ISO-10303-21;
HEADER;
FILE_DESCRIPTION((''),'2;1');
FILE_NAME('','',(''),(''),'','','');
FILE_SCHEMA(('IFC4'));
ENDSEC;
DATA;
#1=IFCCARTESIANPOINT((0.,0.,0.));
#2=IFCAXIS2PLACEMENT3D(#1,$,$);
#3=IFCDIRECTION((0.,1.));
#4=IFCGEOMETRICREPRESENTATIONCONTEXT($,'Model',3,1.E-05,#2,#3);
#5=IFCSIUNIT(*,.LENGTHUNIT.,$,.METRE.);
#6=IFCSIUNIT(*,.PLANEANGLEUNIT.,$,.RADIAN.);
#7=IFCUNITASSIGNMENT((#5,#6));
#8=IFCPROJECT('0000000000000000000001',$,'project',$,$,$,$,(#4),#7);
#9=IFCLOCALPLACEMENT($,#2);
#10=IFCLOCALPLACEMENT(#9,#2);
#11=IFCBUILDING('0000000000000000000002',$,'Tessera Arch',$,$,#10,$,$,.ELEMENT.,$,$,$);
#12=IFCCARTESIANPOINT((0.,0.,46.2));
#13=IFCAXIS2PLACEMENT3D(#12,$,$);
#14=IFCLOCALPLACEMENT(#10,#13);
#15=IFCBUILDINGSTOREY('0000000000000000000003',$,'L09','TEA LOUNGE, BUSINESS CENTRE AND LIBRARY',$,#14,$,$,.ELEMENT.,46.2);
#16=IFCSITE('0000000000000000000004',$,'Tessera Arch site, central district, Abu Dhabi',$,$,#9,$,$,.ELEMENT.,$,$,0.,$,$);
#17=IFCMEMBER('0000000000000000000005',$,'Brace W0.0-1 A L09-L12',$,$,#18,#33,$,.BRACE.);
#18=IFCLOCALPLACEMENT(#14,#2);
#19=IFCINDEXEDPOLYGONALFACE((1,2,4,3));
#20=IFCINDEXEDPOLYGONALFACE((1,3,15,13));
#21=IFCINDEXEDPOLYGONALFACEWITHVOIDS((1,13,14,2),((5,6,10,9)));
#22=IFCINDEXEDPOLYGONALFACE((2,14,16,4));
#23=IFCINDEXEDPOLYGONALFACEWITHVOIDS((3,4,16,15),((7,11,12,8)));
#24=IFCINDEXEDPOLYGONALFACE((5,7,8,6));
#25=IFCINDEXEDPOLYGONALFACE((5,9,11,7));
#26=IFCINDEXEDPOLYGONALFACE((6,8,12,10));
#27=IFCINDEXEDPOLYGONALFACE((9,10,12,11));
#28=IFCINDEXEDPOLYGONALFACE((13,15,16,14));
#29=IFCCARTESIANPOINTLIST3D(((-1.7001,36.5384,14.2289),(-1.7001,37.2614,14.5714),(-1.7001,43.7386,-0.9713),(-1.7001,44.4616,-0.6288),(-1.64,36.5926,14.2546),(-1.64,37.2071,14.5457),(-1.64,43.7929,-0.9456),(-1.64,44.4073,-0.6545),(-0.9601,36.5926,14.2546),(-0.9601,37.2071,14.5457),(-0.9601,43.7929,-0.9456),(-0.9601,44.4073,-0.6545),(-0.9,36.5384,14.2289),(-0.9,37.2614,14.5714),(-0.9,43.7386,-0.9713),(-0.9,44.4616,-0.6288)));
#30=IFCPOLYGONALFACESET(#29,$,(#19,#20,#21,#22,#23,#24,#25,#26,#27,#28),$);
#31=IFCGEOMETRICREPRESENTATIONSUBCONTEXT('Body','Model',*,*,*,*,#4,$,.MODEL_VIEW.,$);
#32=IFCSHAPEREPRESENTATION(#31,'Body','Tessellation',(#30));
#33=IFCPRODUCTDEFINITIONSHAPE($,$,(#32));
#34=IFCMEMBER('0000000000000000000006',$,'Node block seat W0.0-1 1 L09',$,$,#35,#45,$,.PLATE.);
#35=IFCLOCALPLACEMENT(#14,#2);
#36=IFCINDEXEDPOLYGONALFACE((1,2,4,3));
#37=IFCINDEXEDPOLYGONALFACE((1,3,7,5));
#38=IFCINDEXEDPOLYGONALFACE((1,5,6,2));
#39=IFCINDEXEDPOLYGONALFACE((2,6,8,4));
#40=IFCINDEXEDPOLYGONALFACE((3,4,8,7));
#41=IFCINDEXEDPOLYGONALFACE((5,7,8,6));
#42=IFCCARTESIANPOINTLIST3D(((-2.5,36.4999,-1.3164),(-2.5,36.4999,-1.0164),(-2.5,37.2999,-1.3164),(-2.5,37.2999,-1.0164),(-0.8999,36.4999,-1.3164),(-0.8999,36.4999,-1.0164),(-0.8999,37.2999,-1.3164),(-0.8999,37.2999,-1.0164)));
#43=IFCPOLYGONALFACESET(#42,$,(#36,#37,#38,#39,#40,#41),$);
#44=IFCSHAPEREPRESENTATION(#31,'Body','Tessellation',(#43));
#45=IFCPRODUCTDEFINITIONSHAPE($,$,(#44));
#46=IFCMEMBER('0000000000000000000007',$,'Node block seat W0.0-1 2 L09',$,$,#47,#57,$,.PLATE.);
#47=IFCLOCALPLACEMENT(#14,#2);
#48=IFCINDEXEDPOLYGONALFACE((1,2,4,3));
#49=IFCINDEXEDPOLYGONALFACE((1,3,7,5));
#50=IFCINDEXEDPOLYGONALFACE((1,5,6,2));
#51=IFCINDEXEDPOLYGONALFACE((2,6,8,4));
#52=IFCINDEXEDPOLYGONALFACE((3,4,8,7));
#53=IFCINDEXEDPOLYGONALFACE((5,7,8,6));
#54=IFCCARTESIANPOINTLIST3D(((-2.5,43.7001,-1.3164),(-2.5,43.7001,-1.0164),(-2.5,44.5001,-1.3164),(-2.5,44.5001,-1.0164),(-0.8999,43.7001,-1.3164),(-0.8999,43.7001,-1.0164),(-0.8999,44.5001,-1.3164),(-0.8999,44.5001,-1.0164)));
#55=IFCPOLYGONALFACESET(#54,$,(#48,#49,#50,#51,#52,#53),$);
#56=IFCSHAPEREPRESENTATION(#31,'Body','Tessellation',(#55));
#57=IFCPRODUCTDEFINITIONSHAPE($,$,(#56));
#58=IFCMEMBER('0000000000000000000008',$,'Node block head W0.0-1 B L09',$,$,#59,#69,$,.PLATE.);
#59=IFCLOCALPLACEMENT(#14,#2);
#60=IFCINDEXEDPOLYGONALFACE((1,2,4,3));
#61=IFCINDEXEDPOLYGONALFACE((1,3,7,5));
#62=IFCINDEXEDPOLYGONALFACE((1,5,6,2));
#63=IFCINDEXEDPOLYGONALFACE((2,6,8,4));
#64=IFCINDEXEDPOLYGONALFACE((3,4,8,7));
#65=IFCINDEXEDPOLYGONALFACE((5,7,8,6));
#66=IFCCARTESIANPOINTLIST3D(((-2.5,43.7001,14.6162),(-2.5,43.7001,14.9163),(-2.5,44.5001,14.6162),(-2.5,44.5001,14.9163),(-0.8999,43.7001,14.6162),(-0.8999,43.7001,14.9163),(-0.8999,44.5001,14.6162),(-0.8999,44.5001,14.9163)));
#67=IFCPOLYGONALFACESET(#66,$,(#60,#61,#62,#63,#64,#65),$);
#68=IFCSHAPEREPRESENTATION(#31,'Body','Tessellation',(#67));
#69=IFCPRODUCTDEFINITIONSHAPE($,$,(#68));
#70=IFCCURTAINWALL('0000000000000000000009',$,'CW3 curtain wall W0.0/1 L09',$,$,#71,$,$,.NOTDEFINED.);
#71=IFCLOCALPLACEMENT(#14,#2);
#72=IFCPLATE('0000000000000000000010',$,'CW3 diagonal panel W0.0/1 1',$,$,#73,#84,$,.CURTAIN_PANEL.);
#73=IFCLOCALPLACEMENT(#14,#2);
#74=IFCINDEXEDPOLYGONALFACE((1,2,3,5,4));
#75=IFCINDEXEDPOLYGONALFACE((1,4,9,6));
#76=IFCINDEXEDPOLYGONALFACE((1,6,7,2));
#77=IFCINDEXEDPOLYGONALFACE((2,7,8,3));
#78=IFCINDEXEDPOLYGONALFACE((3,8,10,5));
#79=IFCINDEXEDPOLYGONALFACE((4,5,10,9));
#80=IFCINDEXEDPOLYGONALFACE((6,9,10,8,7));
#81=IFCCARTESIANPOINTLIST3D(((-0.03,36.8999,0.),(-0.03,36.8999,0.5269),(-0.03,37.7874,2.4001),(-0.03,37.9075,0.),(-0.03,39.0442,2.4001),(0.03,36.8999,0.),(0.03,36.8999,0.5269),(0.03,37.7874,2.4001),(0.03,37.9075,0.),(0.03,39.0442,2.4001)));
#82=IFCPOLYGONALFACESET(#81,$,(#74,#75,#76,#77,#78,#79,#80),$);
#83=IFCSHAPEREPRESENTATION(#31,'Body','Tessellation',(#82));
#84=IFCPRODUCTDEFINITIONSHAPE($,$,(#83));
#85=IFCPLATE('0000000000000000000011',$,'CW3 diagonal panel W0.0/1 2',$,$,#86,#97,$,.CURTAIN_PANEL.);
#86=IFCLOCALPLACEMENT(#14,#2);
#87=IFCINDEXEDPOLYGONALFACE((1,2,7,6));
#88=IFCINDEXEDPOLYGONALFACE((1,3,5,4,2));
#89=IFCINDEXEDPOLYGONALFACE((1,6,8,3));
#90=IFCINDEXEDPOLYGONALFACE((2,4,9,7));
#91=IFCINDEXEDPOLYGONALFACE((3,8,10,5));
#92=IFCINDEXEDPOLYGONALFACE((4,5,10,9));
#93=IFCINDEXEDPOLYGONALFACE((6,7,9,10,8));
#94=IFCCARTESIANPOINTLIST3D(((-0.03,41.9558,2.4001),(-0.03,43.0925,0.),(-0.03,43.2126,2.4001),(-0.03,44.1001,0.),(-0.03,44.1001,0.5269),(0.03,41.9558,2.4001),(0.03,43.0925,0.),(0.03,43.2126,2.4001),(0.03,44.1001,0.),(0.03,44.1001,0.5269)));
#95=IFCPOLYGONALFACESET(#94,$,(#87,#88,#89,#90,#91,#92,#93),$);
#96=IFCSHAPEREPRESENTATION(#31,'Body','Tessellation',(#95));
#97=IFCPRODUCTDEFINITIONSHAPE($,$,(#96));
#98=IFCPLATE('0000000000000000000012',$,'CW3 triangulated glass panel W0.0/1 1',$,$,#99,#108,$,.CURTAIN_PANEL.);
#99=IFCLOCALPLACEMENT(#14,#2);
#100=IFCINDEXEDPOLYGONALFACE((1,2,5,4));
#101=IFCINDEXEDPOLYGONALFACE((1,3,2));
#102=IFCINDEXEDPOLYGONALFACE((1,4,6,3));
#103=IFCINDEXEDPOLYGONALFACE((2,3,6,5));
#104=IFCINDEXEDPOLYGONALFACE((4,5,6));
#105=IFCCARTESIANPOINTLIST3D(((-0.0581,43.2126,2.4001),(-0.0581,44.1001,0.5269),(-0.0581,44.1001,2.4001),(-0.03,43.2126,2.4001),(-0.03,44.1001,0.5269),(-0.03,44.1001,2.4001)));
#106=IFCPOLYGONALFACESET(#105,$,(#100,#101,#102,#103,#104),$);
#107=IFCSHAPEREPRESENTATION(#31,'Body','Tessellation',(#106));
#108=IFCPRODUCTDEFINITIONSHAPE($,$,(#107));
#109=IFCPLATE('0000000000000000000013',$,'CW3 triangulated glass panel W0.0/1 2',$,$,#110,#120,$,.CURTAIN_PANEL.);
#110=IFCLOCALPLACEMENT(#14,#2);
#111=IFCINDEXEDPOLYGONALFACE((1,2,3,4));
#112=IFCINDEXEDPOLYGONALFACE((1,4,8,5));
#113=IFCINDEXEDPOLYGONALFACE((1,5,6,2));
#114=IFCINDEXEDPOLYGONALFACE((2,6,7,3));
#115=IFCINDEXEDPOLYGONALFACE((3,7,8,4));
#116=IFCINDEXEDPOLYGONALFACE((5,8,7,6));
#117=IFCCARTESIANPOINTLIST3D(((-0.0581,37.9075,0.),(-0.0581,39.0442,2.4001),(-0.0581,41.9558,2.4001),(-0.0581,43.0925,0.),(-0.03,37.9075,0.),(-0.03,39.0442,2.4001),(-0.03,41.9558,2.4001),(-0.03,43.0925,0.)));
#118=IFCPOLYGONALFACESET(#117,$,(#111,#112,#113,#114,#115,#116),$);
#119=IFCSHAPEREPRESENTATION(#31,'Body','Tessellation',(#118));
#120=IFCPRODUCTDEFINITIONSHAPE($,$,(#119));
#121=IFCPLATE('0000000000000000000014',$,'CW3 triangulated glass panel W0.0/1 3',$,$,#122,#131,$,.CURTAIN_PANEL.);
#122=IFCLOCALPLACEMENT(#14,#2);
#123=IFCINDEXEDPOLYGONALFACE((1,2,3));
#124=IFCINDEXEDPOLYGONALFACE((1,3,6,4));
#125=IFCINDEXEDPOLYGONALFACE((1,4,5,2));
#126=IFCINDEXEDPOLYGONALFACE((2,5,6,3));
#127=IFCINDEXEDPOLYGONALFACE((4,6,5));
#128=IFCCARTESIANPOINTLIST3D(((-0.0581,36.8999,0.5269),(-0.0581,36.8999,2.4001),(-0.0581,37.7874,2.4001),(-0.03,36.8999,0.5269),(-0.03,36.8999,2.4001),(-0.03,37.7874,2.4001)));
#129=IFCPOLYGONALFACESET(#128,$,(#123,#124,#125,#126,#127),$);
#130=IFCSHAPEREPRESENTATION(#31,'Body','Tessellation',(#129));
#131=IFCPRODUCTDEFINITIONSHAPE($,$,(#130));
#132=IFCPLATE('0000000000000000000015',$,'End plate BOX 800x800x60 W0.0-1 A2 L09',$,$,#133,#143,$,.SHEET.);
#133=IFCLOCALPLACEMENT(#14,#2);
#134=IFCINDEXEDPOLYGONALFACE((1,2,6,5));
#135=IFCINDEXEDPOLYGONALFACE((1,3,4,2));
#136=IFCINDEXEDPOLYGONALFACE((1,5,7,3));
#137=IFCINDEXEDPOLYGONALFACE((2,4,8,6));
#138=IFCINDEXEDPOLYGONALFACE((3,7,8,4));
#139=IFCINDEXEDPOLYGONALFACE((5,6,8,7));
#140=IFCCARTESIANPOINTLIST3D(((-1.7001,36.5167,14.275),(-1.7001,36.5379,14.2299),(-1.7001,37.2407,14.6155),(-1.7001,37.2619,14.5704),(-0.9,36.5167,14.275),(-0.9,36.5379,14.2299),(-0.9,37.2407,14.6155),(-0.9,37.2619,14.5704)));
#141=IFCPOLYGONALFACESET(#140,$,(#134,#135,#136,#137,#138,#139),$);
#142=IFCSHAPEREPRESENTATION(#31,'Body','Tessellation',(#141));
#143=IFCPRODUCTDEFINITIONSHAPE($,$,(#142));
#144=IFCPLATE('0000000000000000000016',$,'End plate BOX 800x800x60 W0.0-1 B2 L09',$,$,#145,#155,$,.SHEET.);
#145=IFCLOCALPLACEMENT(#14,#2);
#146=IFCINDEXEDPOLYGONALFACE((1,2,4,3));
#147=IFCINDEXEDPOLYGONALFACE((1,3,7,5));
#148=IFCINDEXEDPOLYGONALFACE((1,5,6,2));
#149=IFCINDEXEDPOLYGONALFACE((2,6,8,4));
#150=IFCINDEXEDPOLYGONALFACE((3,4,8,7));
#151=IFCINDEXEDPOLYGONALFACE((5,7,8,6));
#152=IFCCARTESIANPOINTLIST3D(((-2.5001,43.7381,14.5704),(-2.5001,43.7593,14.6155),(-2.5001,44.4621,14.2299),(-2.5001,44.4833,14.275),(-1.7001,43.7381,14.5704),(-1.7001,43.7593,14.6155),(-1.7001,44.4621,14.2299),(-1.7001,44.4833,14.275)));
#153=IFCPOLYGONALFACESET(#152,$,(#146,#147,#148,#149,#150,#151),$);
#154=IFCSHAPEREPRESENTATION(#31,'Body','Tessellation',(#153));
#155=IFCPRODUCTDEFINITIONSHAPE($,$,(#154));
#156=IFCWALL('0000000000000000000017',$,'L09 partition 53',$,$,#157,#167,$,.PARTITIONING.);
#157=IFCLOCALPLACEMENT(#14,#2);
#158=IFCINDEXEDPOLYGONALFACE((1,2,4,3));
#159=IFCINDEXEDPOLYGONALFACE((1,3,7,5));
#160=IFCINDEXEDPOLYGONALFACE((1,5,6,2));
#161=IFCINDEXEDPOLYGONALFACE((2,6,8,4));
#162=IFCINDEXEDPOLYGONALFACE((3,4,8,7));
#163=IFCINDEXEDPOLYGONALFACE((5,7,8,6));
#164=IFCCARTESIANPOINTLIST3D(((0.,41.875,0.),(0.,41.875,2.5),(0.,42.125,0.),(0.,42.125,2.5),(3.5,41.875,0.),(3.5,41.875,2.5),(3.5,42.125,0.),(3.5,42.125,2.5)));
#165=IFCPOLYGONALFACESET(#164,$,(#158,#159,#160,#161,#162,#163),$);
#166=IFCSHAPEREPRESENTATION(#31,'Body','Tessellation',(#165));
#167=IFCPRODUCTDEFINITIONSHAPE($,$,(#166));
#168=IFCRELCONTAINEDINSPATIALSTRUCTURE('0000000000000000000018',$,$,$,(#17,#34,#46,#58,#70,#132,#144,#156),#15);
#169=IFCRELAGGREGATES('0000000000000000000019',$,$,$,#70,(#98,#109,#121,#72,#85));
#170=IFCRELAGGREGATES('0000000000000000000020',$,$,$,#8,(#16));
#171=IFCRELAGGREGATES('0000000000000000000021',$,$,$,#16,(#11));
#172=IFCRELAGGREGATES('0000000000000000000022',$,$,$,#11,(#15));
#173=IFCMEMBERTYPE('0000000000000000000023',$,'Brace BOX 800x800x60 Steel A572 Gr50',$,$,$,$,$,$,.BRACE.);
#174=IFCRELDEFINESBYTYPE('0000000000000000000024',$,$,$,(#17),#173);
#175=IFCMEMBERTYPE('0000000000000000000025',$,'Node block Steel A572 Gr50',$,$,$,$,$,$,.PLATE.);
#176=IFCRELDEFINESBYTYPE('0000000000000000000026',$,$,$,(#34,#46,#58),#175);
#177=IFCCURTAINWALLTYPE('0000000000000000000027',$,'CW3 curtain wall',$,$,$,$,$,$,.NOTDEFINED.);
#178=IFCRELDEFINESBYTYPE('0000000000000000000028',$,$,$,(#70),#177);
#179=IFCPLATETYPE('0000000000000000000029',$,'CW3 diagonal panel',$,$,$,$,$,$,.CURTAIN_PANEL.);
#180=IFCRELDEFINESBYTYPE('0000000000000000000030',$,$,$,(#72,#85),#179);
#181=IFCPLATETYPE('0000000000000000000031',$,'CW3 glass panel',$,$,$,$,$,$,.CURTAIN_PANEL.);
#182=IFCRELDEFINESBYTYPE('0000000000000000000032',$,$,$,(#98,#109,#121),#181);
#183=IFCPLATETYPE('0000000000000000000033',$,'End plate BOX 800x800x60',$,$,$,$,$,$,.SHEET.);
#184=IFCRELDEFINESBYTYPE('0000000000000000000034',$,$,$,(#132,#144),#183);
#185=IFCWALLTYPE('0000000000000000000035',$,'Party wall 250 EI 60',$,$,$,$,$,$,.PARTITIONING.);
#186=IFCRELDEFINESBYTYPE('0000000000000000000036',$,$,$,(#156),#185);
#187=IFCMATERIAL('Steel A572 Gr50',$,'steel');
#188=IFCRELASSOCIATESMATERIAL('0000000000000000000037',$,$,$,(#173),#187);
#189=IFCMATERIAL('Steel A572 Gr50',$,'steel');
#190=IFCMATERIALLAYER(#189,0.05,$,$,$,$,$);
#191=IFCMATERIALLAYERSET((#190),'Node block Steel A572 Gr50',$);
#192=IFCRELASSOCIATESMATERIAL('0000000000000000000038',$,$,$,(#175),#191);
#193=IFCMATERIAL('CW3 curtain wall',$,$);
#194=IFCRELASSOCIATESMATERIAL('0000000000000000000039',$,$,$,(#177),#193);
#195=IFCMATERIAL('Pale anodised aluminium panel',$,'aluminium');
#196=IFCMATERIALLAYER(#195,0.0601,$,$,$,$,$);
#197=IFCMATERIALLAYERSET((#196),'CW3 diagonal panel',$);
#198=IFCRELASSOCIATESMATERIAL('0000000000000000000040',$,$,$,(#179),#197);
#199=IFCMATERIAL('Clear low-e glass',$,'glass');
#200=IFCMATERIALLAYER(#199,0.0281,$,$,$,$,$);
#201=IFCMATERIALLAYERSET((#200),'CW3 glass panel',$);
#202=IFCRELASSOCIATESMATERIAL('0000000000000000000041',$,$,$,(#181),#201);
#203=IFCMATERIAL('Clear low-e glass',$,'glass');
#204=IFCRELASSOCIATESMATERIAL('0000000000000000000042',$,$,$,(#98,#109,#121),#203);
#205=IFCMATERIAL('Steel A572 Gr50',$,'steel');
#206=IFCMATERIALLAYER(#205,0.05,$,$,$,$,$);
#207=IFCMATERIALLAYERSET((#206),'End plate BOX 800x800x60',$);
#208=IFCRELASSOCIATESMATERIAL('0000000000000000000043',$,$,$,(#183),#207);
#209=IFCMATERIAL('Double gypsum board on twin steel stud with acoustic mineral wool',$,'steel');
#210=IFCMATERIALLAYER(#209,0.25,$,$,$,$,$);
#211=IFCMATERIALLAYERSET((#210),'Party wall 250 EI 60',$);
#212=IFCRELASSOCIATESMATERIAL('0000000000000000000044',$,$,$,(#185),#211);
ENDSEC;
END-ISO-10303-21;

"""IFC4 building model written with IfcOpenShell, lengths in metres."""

from ifc_helpers import new_model, si_unit, direction, frame, frame_2d, origin, origin_2d, place, context, subcontext, project, spatial, polyline, rectangle, hollow_rectangle, outline, extrude, material, layer, layer_set, material_profile, profile_set, type_object, element, aggregate, save


model = new_model("IFC4")

# Units and contexts
model_context = context("Model", 3, precision=1e-05, world=origin(), true_north=direction((0.0, 1.0)))
body_context = subcontext(model_context, "Body", "Model", "MODEL_VIEW")
ifc_project = project(units=[si_unit("LENGTHUNIT", "METRE"), si_unit("PLANEANGLEUNIT", "RADIAN")], contexts=[model_context])

# Site, building, storey
site_placement = place(None, origin())
site = spatial("IfcSite", under=ifc_project, at=site_placement, Name="Tessera Arch site, central district, Abu Dhabi", CompositionType="ELEMENT", RefElevation=0.0)
building_placement = place(site_placement, origin())
building = spatial("IfcBuilding", under=site, at=building_placement, Name="Tessera Arch", CompositionType="ELEMENT")
storey_placement = place(building_placement, frame((0.0, 0.0, 46.2)))
storey = spatial("IfcBuildingStorey", under=building, at=storey_placement, Name="L09", Description="TEA LOUNGE, BUSINESS CENTRE AND LIBRARY", CompositionType="ELEMENT", Elevation=46.2)

# Members
ifc_material_1 = material(Name="Steel A572 Gr50", Category="steel")
ifc_material_profile = material_profile(ifc_material_1, hollow_rectangle(XDim=0.8, YDim=0.8, WallThickness=0.0601, at=origin_2d()), Name="BOX 800x800x60")
ifc_profile_set = profile_set([ifc_material_profile], Name="Steel A572 Gr50")
member_type_1 = type_object("IfcMemberType", Name="Brace BOX 800x800x60 Steel A572 Gr50", PredefinedType="BRACE", material=ifc_profile_set)
member_placement = place(storey_placement, frame((-1.3, 44.1001, -0.8), z_axis=(0.0, -0.428091, 0.903735), x_axis=(1.0, 0.0, 0.0)))
element("IfcMember", 1, at=member_placement, inside=storey, type_object=member_type_1, Name="Brace W0.0-1 A L09-L12", PredefinedType="BRACE", context=body_context, shape_type="SweptSolid", body=[
    extrude(hollow_rectangle(XDim=0.8, YDim=0.8, WallThickness=0.0601, at=origin_2d()), origin(), (0.0, 0.0, 1.0), 16.8193),
])
ifc_material_2 = material(Name="Steel A572 Gr50", Category="steel")
ifc_layer_1 = layer(ifc_material_2, 0.05)
ifc_layer_set_1 = layer_set([ifc_layer_1], Name="Node block Steel A572 Gr50")
member_type_2 = type_object("IfcMemberType", Name="Node block Steel A572 Gr50", PredefinedType="PLATE", material=ifc_layer_set_1)
for number, where, z_axis, x_axis, name in (
    (2, (-1.7, 36.8999, -1.3164), (0.0, 0.0, 1.0), (0.0, -1.0, 0.0), "Node block seat W0.0-1 1 L09"),
    (3, (-1.7, 44.1001, -1.3164), (0.0, 0.0, 1.0), (0.0, -1.0, 0.0), "Node block seat W0.0-1 2 L09"),
    (4, (-1.7, 44.1001, 14.6162), (0.0, 0.0, 1.0), (0.0, -1.0, 0.0), "Node block head W0.0-1 B L09"),
):
    element("IfcMember", number, at=place(storey_placement, frame(where, z_axis=z_axis, x_axis=x_axis)), inside=storey, type_object=member_type_2, Name=name, PredefinedType="PLATE", context=body_context, shape_type="SweptSolid", body=[
        extrude(rectangle(XDim=0.8, YDim=1.6001, at=origin_2d()), origin(), (0.0, 0.0, 1.0), 0.3),
    ])

# Curtain wall, plates
ifc_material_3 = material(Name="CW3 curtain wall")
curtain_wall_type = type_object("IfcCurtainWallType", Name="CW3 curtain wall", PredefinedType="NOTDEFINED", material=ifc_material_3)
curtain_wall_placement = place(storey_placement, origin())
curtain_wall = element("IfcCurtainWall", 5, at=curtain_wall_placement, inside=storey, type_object=curtain_wall_type, Name="CW3 curtain wall W0.0/1 L09", PredefinedType="NOTDEFINED")
ifc_material_4 = material(Name="Pale anodised aluminium panel", Category="aluminium")
ifc_layer_2 = layer(ifc_material_4, 0.0601)
ifc_layer_set_2 = layer_set([ifc_layer_2], Name="CW3 diagonal panel")
plate_type_1 = type_object("IfcPlateType", Name="CW3 diagonal panel", PredefinedType="CURTAIN_PANEL", material=ifc_layer_set_2)
plate_1_placement = place(storey_placement, frame((-0.03, 36.8999, 0.0), z_axis=(-1.0, 0.0, 0.0), x_axis=(0.0, 0.0, 1.0)))
plate_1 = element("IfcPlate", 6, at=plate_1_placement, type_object=plate_type_1, Name="CW3 diagonal panel W0.0/1 1", PredefinedType="CURTAIN_PANEL", context=body_context, shape_type="SweptSolid", body=[
    extrude(outline(polyline([(0.0, 0.0), (0.5269, 0.0), (2.4001, 0.8875), (2.4001, 2.1443), (0.0, 1.0076), (0.0, 0.0)])), origin(), (0.0, 0.0, -1.0), 0.0601),
])
plate_2_placement = place(storey_placement, frame((-0.03, 41.9558, 2.4001), z_axis=(-1.0, 0.0, 0.0), x_axis=(0.0, 1.0, 0.0)))
plate_2 = element("IfcPlate", 7, at=plate_2_placement, type_object=plate_type_1, Name="CW3 diagonal panel W0.0/1 2", PredefinedType="CURTAIN_PANEL", context=body_context, shape_type="SweptSolid", body=[
    extrude(outline(polyline([(0.0, 0.0), (1.2568, 0.0), (2.1443, 1.8733), (2.1443, 2.4001), (1.1367, 2.4001), (0.0, 0.0)])), origin(), (0.0, 0.0, -1.0), 0.0601),
])
ifc_material_5 = material(Name="Clear low-e glass", Category="glass")
ifc_material_6 = material(Name="Clear low-e glass", Category="glass")
ifc_layer_3 = layer(ifc_material_6, 0.0281)
ifc_layer_set_3 = layer_set([ifc_layer_3], Name="CW3 glass panel")
plate_type_2 = type_object("IfcPlateType", Name="CW3 glass panel", PredefinedType="CURTAIN_PANEL", material=ifc_layer_set_3)
plate_3_placement = place(storey_placement, frame((-0.0581, 44.1001, 2.4001), z_axis=(-1.0, 0.0, 0.0), x_axis=(0.0, 0.0, -1.0)))
plate_3 = element("IfcPlate", 8, at=plate_3_placement, type_object=plate_type_2, material=ifc_material_5, Name="CW3 triangulated glass panel W0.0/1 1", PredefinedType="CURTAIN_PANEL", context=body_context, shape_type="SweptSolid", body=[
    extrude(outline(polyline([(0.0, 0.0), (1.8733, 0.0), (0.0, 0.8875), (0.0, 0.0)])), origin(), (0.0, 0.0, -1.0), 0.0281),
])
plate_4_placement = place(storey_placement, frame((-0.0581, 39.0442, 2.4001), z_axis=(-1.0, 0.0, 0.0), x_axis=(0.0, 1.0, 0.0)))
plate_4 = element("IfcPlate", 9, at=plate_4_placement, type_object=plate_type_2, material=ifc_material_5, Name="CW3 triangulated glass panel W0.0/1 2", PredefinedType="CURTAIN_PANEL", context=body_context, shape_type="SweptSolid", body=[
    extrude(outline(polyline([(0.0, 0.0), (2.9116, 0.0), (4.0483, 2.4001), (-1.1367, 2.4001), (0.0, 0.0)])), origin(), (0.0, 0.0, -1.0), 0.0281),
])
plate_5_placement = place(storey_placement, frame((-0.0581, 36.8999, 2.4001), z_axis=(-1.0, 0.0, 0.0), x_axis=(0.0, 1.0, 0.0)))
plate_5 = element("IfcPlate", 10, at=plate_5_placement, type_object=plate_type_2, material=ifc_material_5, Name="CW3 triangulated glass panel W0.0/1 3", PredefinedType="CURTAIN_PANEL", context=body_context, shape_type="SweptSolid", body=[
    extrude(outline(polyline([(0.0, 0.0), (0.8875, 0.0), (0.0, 1.8733), (0.0, 0.0)])), origin(), (0.0, 0.0, -1.0), 0.0281),
])
aggregate(curtain_wall, [plate_3, plate_4, plate_5, plate_1, plate_2])

# Plates
ifc_material_7 = material(Name="Steel A572 Gr50", Category="steel")
ifc_layer_4 = layer(ifc_material_7, 0.05)
ifc_layer_set_4 = layer_set([ifc_layer_4], Name="End plate BOX 800x800x60")
plate_type_3 = type_object("IfcPlateType", Name="End plate BOX 800x800x60", PredefinedType="SHEET", material=ifc_layer_set_4)
for number, where, z_axis, x_axis, name in (
    (11, (-1.3, 36.8999, 14.4001), (0.0, -0.425561, 0.90493), (1.0, 0.0, 0.0), "End plate BOX 800x800x60 W0.0-1 A2 L09"),
    (12, (-2.1001, 44.1001, 14.4001), (0.0, 0.425561, 0.90493), (-1.0, 0.0, 0.0), "End plate BOX 800x800x60 W0.0-1 B2 L09"),
):
    element("IfcPlate", number, at=place(storey_placement, frame(where, z_axis=z_axis, x_axis=x_axis)), inside=storey, type_object=plate_type_3, Name=name, PredefinedType="SHEET", context=body_context, shape_type="SweptSolid", body=[
        extrude(rectangle(XDim=0.8, YDim=0.8, at=origin_2d()), origin(), (0.0, 0.0, 1.0), 0.0498),
    ])

# Wall
ifc_material_8 = material(Name="Double gypsum board on twin steel stud with acoustic mineral wool", Category="steel")
ifc_layer_5 = layer(ifc_material_8, 0.25)
ifc_layer_set_5 = layer_set([ifc_layer_5], Name="Party wall 250 EI 60")
wall_type_1 = type_object("IfcWallType", Name="Party wall 250 EI 60", PredefinedType="PARTITIONING", material=ifc_layer_set_5)
wall_1_placement = place(storey_placement, frame((0.0, 42.0, 0.0), z_axis=(0.0, 0.0, 1.0), x_axis=(1.0, 0.0, 0.0)))
element("IfcWall", 13, at=wall_1_placement, inside=storey, type_object=wall_type_1, Name="L09 partition 53", PredefinedType="PARTITIONING", context=body_context, shape_type="SweptSolid", body=[
    extrude(rectangle(XDim=3.5, YDim=0.25, at=frame_2d((1.75, 0.0))), origin(), (0.0, 0.0, 1.0), 2.5),
])

save(model, "model.ifc")
